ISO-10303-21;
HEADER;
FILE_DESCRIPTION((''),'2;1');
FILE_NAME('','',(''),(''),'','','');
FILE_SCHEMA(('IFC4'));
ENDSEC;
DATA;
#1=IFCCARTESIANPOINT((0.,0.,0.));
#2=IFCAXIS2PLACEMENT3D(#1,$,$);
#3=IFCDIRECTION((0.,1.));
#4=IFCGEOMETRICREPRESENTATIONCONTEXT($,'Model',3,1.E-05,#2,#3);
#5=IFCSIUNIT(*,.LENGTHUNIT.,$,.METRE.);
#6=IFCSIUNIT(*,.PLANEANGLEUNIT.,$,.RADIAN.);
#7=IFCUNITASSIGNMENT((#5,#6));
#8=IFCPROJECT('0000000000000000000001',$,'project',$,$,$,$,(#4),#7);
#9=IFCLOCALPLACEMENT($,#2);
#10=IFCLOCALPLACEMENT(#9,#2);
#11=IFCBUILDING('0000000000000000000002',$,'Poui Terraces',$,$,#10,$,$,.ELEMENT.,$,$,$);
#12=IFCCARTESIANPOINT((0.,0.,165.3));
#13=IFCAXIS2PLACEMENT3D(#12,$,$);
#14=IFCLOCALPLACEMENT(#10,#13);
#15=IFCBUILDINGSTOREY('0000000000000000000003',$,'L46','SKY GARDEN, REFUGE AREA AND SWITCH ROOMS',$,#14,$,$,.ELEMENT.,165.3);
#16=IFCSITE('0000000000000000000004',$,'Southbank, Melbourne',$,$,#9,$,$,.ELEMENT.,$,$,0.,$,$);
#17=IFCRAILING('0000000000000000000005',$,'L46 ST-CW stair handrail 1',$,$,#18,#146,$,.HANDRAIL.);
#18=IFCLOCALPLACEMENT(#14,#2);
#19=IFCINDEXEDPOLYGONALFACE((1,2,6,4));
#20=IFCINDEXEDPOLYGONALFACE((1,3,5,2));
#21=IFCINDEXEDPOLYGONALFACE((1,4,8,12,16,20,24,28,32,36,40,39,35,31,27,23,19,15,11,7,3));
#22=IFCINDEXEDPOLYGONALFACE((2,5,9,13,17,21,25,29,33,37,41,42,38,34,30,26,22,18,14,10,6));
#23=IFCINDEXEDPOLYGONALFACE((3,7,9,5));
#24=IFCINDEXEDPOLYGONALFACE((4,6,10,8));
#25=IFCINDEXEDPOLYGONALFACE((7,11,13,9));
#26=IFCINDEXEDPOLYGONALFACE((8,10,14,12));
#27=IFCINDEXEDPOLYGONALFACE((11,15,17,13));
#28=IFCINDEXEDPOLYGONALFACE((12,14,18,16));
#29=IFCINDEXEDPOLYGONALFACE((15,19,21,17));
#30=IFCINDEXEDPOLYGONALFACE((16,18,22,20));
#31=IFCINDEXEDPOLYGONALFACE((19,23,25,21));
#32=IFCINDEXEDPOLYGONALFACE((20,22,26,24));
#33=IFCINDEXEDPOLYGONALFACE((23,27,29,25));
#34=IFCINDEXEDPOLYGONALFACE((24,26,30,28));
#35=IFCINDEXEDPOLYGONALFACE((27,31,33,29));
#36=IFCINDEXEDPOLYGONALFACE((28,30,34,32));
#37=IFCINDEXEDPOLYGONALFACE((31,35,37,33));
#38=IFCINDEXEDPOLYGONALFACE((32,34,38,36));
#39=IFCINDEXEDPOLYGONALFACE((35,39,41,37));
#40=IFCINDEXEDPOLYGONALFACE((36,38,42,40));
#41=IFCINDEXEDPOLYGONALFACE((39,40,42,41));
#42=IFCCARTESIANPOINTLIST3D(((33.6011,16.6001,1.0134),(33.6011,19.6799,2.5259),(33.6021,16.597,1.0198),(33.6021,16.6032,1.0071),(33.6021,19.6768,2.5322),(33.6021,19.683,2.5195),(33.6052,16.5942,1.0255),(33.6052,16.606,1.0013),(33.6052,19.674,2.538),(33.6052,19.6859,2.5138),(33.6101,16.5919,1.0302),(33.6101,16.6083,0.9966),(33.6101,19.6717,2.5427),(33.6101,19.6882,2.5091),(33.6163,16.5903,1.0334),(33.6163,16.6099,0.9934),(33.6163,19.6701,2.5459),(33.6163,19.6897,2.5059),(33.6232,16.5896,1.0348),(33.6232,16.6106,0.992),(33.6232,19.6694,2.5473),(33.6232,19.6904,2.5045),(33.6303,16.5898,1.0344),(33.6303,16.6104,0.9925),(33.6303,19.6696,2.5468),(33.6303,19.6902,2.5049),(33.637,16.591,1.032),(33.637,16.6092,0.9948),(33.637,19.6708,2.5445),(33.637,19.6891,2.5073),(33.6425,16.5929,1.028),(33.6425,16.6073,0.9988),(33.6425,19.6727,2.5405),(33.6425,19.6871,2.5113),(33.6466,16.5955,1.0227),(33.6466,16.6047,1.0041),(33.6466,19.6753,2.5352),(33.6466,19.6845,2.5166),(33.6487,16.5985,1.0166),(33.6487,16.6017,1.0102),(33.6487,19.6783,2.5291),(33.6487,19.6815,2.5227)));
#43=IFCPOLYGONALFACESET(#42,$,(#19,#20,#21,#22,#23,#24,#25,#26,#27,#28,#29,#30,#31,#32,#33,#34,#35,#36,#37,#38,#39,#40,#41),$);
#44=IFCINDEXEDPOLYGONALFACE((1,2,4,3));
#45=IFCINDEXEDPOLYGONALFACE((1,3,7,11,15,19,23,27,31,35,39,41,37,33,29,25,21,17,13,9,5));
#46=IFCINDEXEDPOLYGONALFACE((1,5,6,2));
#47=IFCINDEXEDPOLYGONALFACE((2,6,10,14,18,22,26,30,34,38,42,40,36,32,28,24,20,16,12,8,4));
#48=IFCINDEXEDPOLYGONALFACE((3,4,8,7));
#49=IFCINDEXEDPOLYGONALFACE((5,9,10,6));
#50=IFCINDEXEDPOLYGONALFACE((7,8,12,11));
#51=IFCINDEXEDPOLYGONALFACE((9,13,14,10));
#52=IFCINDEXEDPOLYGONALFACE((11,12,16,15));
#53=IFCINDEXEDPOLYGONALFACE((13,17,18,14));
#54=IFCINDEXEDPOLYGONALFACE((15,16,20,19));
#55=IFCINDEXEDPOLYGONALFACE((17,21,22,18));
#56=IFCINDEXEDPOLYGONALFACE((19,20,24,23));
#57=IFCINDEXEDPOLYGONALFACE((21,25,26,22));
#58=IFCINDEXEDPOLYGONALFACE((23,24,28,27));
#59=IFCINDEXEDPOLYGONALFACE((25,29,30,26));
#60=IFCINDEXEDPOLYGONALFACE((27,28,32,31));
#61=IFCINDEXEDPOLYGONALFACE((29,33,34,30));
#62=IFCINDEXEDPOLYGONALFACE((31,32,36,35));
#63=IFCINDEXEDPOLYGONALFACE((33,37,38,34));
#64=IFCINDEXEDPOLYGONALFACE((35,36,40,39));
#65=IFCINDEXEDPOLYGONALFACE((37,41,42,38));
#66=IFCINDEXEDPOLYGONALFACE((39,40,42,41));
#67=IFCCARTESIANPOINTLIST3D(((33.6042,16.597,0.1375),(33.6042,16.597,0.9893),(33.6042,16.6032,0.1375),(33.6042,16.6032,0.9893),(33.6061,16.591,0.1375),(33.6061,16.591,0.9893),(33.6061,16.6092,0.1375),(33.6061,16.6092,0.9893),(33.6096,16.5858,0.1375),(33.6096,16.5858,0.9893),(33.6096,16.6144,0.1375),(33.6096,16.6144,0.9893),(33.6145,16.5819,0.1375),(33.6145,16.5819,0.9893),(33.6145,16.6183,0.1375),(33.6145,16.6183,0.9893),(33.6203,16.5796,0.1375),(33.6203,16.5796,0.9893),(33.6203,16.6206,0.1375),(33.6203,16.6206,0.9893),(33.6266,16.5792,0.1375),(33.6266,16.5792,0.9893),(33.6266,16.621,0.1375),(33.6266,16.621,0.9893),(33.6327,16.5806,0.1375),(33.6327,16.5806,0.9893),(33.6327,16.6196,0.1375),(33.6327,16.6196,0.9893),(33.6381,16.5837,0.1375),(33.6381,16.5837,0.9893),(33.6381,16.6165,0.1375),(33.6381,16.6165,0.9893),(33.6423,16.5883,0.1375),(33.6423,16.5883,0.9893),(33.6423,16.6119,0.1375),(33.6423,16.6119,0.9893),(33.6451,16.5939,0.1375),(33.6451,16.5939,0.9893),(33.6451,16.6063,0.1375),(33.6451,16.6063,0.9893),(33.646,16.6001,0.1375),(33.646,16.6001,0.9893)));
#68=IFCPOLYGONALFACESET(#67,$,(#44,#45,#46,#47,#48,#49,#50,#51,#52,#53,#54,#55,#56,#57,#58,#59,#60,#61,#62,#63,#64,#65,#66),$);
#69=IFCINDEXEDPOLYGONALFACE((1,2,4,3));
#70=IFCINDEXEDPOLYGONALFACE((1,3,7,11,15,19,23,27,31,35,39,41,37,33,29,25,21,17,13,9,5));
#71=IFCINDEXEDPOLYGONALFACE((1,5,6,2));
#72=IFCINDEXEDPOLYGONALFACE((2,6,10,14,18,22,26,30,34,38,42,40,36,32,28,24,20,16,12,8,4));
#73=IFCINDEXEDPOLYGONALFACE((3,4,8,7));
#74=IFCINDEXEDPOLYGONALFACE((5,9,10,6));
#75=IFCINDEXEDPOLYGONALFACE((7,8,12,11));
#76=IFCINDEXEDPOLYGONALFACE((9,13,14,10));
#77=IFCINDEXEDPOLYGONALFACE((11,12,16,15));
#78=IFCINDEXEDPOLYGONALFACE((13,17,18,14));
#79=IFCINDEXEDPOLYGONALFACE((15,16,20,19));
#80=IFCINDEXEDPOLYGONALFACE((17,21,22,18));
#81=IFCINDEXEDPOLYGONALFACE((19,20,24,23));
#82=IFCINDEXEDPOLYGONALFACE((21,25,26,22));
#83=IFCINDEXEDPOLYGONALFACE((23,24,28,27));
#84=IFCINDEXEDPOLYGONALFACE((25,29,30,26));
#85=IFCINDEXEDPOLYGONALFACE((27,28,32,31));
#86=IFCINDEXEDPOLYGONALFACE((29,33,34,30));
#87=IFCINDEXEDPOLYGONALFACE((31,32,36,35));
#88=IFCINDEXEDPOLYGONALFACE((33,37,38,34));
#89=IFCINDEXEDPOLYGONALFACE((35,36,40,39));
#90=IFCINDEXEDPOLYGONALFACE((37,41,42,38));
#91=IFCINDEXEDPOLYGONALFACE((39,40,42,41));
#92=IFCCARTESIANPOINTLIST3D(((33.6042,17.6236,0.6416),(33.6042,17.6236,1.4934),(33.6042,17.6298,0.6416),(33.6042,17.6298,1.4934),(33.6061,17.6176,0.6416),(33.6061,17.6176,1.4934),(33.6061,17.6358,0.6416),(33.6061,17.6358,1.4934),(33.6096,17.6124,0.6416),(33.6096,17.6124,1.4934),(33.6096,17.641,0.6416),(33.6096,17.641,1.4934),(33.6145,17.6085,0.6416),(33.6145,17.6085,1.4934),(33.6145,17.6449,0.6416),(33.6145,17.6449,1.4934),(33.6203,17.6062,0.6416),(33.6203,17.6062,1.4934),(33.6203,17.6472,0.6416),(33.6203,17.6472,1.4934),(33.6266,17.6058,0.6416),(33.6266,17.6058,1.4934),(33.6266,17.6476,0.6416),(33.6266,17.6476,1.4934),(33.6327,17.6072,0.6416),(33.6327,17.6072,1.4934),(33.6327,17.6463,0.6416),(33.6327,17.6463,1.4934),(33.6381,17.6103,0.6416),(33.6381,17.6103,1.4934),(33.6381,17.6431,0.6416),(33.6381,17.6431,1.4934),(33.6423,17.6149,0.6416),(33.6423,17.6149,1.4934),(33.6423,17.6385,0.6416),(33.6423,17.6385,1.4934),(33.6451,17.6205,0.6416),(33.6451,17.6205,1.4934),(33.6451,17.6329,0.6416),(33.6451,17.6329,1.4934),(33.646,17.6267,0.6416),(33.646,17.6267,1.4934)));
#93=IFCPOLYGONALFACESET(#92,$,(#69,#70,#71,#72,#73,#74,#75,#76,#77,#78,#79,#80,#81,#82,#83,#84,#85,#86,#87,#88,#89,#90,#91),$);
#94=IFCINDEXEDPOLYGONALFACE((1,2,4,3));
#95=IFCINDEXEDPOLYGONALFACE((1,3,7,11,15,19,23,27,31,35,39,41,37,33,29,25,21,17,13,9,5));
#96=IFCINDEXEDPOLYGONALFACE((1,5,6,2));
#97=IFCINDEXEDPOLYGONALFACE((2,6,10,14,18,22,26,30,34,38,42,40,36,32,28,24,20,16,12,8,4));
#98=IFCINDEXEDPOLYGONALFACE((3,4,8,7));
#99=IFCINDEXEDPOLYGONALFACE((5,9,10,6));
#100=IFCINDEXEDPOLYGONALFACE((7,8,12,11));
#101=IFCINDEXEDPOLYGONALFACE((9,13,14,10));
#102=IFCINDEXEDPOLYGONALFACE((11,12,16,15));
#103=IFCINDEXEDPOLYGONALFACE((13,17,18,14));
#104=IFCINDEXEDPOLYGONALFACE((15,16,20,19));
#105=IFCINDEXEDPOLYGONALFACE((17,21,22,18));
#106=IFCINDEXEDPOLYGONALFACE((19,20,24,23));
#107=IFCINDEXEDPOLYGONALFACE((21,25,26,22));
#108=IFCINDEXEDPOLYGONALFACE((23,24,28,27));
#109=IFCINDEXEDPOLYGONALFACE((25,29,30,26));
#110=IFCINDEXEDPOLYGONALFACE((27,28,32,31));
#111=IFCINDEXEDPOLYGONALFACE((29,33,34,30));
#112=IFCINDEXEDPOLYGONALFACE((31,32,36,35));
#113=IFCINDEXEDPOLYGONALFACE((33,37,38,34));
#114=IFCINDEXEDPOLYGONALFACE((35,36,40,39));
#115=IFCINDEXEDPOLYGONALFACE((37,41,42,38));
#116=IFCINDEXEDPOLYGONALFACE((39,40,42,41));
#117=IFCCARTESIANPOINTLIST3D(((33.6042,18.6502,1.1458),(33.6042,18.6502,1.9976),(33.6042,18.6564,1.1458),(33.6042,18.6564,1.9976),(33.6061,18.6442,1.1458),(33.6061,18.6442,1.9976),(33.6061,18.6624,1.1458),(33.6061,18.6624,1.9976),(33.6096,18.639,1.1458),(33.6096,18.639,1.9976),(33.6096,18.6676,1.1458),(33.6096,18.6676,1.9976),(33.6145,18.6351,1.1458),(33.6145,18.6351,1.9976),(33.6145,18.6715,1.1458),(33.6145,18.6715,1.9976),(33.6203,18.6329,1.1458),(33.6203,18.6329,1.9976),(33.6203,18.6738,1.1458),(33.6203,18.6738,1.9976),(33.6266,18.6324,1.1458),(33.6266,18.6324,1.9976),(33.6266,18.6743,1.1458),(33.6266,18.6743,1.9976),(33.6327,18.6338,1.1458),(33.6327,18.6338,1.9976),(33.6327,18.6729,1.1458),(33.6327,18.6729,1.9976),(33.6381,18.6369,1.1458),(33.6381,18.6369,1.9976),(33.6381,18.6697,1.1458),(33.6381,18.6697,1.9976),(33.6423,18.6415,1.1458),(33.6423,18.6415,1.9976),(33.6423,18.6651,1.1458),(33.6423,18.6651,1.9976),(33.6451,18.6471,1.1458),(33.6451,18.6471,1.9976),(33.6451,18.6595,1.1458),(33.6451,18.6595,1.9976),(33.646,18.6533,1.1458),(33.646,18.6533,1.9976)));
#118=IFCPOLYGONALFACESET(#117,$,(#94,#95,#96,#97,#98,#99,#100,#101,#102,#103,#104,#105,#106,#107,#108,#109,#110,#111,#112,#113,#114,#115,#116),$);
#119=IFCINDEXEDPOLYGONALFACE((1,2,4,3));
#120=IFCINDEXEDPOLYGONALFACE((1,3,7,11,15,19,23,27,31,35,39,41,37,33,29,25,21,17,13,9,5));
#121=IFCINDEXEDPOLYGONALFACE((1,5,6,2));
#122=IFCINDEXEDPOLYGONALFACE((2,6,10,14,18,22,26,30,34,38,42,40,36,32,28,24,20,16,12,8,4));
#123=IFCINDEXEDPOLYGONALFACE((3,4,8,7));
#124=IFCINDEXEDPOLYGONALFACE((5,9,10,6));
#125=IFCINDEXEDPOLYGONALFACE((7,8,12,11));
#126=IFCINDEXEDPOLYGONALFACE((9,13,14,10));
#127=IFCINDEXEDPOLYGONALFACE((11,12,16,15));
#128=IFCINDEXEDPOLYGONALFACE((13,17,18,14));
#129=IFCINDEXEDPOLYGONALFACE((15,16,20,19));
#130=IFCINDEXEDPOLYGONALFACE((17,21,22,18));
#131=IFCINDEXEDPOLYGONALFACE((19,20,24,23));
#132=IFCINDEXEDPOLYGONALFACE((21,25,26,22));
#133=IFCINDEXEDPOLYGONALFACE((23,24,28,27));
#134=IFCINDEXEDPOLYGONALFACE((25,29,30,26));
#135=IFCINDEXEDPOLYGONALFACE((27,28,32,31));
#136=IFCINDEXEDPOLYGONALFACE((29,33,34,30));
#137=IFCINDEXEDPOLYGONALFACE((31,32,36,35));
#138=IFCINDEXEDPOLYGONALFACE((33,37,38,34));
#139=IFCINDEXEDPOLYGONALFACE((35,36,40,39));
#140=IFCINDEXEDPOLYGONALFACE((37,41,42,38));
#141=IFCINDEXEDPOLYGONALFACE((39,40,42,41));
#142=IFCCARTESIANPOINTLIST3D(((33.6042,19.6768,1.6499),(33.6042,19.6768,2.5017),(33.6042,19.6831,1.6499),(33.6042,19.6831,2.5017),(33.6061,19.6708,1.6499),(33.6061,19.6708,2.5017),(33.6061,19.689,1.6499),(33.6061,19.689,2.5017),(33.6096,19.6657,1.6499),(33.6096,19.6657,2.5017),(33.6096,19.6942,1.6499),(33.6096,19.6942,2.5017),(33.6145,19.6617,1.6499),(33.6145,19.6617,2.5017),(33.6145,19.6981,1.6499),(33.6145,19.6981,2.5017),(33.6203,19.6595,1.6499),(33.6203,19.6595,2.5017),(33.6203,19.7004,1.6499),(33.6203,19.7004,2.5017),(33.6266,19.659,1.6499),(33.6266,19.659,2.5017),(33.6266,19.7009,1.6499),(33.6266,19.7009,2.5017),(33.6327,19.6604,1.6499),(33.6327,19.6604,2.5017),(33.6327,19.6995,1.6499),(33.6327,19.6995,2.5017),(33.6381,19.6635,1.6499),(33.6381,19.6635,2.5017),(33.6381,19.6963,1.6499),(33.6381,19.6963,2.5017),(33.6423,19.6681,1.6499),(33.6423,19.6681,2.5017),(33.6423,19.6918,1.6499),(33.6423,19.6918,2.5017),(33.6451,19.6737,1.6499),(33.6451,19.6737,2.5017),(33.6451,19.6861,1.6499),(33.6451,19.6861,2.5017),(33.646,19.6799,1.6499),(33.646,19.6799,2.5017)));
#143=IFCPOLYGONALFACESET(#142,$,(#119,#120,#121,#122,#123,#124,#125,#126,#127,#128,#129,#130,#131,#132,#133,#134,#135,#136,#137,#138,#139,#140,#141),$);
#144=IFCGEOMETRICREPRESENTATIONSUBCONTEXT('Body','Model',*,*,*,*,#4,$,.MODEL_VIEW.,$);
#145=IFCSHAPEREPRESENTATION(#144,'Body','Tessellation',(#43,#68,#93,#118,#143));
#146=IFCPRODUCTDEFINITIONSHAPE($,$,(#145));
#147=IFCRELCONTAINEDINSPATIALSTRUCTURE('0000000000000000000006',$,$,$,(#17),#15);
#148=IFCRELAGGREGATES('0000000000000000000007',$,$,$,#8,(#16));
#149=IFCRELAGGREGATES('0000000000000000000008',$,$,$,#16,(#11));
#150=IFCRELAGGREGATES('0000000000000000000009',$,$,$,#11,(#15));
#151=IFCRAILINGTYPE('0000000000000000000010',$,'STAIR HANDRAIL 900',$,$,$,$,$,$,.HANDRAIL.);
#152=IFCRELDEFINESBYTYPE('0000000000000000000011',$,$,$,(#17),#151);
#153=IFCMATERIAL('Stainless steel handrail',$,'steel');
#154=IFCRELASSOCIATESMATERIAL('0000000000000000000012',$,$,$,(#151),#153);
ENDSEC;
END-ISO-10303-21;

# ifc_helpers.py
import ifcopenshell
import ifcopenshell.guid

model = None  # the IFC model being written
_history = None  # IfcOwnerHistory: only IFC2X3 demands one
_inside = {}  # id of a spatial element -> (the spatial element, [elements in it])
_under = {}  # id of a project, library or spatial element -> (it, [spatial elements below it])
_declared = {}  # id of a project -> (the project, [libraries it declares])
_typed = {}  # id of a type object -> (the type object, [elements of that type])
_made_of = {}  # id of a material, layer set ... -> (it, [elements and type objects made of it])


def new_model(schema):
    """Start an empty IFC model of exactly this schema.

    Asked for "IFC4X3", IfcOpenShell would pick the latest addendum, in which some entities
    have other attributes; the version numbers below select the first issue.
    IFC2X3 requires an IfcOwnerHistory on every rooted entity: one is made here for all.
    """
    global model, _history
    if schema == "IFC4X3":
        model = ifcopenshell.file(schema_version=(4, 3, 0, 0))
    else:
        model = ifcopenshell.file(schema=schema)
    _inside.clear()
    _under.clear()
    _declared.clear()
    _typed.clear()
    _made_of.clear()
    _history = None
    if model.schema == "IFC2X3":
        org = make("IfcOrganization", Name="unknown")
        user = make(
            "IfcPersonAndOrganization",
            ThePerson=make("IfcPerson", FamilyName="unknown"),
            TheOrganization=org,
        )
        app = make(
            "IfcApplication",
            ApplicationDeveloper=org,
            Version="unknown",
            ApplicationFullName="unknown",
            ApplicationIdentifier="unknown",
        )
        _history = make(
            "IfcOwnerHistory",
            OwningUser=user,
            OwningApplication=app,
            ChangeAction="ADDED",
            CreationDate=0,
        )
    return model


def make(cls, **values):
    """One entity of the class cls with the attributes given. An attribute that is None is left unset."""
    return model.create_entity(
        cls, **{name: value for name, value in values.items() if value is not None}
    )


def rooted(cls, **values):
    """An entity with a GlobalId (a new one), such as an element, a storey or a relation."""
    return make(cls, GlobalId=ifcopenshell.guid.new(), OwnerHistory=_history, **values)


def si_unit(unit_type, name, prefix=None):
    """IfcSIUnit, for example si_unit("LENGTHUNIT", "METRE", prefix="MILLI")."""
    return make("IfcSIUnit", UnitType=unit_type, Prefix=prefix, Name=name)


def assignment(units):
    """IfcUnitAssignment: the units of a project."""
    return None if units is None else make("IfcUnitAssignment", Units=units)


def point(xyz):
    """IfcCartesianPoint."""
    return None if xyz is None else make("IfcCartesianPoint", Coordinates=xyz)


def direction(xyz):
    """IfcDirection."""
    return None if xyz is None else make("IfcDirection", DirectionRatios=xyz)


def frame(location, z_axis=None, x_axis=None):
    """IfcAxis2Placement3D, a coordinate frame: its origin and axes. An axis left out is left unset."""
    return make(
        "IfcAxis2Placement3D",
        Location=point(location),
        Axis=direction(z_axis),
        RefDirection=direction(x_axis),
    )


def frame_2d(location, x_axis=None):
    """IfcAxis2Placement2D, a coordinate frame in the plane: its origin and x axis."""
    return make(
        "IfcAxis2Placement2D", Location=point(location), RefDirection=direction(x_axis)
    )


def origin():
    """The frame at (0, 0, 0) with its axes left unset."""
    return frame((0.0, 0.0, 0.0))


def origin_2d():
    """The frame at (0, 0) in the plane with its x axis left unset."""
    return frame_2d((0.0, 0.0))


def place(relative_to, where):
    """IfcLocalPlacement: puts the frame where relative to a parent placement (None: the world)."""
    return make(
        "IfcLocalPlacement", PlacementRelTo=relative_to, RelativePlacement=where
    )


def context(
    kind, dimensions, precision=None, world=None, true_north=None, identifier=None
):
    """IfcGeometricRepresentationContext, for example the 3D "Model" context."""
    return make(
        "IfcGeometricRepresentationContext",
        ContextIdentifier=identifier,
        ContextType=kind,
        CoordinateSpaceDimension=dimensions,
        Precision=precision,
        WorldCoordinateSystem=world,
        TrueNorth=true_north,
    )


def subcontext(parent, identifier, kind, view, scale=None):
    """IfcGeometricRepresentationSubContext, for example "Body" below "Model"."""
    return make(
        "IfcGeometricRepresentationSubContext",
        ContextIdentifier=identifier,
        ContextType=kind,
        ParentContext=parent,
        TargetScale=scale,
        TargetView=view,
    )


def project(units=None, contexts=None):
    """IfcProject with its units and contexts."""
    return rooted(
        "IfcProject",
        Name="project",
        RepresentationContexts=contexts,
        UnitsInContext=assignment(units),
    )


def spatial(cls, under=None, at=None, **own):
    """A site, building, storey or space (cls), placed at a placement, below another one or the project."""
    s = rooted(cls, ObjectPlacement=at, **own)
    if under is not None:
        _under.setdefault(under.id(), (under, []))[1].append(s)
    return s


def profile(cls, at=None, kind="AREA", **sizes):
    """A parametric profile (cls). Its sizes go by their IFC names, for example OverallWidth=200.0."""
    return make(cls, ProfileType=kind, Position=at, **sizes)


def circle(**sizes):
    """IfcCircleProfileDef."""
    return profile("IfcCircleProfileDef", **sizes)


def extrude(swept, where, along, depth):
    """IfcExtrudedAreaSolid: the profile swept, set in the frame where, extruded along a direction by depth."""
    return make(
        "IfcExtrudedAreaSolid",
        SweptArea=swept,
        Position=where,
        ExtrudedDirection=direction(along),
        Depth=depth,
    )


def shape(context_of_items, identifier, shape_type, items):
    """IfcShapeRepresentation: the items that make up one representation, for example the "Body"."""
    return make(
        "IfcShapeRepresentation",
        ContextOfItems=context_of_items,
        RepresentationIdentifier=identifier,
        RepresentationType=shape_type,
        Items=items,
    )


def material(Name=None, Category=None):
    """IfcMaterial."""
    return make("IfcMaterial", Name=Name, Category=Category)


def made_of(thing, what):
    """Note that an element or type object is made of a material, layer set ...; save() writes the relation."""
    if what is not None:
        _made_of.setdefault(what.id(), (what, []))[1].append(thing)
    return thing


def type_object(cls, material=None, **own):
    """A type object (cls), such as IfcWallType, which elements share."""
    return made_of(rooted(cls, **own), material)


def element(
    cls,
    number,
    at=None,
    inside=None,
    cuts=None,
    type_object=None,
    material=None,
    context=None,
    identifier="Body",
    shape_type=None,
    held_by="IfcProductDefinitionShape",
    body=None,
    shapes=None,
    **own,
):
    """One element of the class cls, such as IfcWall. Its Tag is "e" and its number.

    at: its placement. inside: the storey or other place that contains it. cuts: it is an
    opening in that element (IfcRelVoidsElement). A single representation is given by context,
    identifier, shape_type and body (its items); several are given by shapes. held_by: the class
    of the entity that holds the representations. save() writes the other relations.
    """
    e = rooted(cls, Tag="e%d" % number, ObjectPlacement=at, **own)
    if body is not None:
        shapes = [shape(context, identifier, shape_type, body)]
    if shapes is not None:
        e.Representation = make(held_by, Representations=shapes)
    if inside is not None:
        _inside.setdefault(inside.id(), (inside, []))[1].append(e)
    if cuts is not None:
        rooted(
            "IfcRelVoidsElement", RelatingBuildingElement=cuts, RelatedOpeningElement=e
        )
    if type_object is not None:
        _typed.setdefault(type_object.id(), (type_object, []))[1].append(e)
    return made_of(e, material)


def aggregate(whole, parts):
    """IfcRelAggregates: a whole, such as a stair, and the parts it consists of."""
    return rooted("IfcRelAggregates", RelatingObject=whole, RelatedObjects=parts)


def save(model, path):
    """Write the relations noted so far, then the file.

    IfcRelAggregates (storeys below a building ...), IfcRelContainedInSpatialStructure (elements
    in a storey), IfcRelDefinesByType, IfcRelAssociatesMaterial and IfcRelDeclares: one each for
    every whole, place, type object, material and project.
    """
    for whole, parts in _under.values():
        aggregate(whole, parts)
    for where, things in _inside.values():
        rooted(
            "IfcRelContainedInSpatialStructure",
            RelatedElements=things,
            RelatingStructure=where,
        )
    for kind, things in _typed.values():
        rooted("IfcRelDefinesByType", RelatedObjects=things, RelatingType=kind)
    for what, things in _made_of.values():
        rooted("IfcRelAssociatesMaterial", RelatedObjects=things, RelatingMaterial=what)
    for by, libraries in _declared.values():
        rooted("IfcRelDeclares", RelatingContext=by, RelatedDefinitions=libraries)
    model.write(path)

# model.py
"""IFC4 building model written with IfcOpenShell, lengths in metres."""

from ifc_helpers import new_model, si_unit, direction, frame, origin, origin_2d, place, context, subcontext, project, spatial, circle, extrude, material, type_object, element, save


model = new_model("IFC4")

# Units and contexts
model_context = context("Model", 3, precision=1e-05, world=origin(), true_north=direction((0.0, 1.0)))
body_context = subcontext(model_context, "Body", "Model", "MODEL_VIEW")
ifc_project = project(units=[si_unit("LENGTHUNIT", "METRE"), si_unit("PLANEANGLEUNIT", "RADIAN")], contexts=[model_context])

# Site, building, storey
site_placement = place(None, origin())
site = spatial("IfcSite", under=ifc_project, at=site_placement, Name="Southbank, Melbourne", CompositionType="ELEMENT", RefElevation=0.0)
building_placement = place(site_placement, origin())
building = spatial("IfcBuilding", under=site, at=building_placement, Name="Poui Terraces", CompositionType="ELEMENT")
storey_placement = place(building_placement, frame((0.0, 0.0, 165.3)))
storey = spatial("IfcBuildingStorey", under=building, at=storey_placement, Name="L46", Description="SKY GARDEN, REFUGE AREA AND SWITCH ROOMS", CompositionType="ELEMENT", Elevation=165.3)

# Railing
ifc_material_1 = material(Name="Stainless steel handrail", Category="steel")
railing_type = type_object("IfcRailingType", Name="STAIR HANDRAIL 900", PredefinedType="HANDRAIL", material=ifc_material_1)
for number, where, name in (
    (1, (33.625, 16.6001, 0.1375), "L46 ST-CW stair handrail 1"),
):
    element("IfcRailing", number, at=place(storey_placement, frame(where)), inside=storey, type_object=railing_type, Name=name, PredefinedType="HANDRAIL", context=body_context, shape_type="SweptSolid", body=[
        extrude(circle(Radius=0.0239, at=origin_2d()), frame((0.0, 0.0, 0.876), z_axis=(0.0, 0.897606, 0.440798), x_axis=(-1.0, 0.0, 0.0)), (0.0, 0.0, 1.0), 3.4312),
        extrude(circle(Radius=0.021, at=origin_2d()), origin(), (0.0, 0.0, 1.0), 0.8518),
        extrude(circle(Radius=0.021, at=origin_2d()), frame((0.0, 1.0266, 0.5042)), (0.0, 0.0, 1.0), 0.8518),
        extrude(circle(Radius=0.021, at=origin_2d()), frame((0.0, 2.0532, 1.0083)), (0.0, 0.0, 1.0), 0.8518),
        extrude(circle(Radius=0.021, at=origin_2d()), frame((0.0, 3.0798, 1.5125)), (0.0, 0.0, 1.0), 0.8518),
    ])

save(model, "model.ifc")
